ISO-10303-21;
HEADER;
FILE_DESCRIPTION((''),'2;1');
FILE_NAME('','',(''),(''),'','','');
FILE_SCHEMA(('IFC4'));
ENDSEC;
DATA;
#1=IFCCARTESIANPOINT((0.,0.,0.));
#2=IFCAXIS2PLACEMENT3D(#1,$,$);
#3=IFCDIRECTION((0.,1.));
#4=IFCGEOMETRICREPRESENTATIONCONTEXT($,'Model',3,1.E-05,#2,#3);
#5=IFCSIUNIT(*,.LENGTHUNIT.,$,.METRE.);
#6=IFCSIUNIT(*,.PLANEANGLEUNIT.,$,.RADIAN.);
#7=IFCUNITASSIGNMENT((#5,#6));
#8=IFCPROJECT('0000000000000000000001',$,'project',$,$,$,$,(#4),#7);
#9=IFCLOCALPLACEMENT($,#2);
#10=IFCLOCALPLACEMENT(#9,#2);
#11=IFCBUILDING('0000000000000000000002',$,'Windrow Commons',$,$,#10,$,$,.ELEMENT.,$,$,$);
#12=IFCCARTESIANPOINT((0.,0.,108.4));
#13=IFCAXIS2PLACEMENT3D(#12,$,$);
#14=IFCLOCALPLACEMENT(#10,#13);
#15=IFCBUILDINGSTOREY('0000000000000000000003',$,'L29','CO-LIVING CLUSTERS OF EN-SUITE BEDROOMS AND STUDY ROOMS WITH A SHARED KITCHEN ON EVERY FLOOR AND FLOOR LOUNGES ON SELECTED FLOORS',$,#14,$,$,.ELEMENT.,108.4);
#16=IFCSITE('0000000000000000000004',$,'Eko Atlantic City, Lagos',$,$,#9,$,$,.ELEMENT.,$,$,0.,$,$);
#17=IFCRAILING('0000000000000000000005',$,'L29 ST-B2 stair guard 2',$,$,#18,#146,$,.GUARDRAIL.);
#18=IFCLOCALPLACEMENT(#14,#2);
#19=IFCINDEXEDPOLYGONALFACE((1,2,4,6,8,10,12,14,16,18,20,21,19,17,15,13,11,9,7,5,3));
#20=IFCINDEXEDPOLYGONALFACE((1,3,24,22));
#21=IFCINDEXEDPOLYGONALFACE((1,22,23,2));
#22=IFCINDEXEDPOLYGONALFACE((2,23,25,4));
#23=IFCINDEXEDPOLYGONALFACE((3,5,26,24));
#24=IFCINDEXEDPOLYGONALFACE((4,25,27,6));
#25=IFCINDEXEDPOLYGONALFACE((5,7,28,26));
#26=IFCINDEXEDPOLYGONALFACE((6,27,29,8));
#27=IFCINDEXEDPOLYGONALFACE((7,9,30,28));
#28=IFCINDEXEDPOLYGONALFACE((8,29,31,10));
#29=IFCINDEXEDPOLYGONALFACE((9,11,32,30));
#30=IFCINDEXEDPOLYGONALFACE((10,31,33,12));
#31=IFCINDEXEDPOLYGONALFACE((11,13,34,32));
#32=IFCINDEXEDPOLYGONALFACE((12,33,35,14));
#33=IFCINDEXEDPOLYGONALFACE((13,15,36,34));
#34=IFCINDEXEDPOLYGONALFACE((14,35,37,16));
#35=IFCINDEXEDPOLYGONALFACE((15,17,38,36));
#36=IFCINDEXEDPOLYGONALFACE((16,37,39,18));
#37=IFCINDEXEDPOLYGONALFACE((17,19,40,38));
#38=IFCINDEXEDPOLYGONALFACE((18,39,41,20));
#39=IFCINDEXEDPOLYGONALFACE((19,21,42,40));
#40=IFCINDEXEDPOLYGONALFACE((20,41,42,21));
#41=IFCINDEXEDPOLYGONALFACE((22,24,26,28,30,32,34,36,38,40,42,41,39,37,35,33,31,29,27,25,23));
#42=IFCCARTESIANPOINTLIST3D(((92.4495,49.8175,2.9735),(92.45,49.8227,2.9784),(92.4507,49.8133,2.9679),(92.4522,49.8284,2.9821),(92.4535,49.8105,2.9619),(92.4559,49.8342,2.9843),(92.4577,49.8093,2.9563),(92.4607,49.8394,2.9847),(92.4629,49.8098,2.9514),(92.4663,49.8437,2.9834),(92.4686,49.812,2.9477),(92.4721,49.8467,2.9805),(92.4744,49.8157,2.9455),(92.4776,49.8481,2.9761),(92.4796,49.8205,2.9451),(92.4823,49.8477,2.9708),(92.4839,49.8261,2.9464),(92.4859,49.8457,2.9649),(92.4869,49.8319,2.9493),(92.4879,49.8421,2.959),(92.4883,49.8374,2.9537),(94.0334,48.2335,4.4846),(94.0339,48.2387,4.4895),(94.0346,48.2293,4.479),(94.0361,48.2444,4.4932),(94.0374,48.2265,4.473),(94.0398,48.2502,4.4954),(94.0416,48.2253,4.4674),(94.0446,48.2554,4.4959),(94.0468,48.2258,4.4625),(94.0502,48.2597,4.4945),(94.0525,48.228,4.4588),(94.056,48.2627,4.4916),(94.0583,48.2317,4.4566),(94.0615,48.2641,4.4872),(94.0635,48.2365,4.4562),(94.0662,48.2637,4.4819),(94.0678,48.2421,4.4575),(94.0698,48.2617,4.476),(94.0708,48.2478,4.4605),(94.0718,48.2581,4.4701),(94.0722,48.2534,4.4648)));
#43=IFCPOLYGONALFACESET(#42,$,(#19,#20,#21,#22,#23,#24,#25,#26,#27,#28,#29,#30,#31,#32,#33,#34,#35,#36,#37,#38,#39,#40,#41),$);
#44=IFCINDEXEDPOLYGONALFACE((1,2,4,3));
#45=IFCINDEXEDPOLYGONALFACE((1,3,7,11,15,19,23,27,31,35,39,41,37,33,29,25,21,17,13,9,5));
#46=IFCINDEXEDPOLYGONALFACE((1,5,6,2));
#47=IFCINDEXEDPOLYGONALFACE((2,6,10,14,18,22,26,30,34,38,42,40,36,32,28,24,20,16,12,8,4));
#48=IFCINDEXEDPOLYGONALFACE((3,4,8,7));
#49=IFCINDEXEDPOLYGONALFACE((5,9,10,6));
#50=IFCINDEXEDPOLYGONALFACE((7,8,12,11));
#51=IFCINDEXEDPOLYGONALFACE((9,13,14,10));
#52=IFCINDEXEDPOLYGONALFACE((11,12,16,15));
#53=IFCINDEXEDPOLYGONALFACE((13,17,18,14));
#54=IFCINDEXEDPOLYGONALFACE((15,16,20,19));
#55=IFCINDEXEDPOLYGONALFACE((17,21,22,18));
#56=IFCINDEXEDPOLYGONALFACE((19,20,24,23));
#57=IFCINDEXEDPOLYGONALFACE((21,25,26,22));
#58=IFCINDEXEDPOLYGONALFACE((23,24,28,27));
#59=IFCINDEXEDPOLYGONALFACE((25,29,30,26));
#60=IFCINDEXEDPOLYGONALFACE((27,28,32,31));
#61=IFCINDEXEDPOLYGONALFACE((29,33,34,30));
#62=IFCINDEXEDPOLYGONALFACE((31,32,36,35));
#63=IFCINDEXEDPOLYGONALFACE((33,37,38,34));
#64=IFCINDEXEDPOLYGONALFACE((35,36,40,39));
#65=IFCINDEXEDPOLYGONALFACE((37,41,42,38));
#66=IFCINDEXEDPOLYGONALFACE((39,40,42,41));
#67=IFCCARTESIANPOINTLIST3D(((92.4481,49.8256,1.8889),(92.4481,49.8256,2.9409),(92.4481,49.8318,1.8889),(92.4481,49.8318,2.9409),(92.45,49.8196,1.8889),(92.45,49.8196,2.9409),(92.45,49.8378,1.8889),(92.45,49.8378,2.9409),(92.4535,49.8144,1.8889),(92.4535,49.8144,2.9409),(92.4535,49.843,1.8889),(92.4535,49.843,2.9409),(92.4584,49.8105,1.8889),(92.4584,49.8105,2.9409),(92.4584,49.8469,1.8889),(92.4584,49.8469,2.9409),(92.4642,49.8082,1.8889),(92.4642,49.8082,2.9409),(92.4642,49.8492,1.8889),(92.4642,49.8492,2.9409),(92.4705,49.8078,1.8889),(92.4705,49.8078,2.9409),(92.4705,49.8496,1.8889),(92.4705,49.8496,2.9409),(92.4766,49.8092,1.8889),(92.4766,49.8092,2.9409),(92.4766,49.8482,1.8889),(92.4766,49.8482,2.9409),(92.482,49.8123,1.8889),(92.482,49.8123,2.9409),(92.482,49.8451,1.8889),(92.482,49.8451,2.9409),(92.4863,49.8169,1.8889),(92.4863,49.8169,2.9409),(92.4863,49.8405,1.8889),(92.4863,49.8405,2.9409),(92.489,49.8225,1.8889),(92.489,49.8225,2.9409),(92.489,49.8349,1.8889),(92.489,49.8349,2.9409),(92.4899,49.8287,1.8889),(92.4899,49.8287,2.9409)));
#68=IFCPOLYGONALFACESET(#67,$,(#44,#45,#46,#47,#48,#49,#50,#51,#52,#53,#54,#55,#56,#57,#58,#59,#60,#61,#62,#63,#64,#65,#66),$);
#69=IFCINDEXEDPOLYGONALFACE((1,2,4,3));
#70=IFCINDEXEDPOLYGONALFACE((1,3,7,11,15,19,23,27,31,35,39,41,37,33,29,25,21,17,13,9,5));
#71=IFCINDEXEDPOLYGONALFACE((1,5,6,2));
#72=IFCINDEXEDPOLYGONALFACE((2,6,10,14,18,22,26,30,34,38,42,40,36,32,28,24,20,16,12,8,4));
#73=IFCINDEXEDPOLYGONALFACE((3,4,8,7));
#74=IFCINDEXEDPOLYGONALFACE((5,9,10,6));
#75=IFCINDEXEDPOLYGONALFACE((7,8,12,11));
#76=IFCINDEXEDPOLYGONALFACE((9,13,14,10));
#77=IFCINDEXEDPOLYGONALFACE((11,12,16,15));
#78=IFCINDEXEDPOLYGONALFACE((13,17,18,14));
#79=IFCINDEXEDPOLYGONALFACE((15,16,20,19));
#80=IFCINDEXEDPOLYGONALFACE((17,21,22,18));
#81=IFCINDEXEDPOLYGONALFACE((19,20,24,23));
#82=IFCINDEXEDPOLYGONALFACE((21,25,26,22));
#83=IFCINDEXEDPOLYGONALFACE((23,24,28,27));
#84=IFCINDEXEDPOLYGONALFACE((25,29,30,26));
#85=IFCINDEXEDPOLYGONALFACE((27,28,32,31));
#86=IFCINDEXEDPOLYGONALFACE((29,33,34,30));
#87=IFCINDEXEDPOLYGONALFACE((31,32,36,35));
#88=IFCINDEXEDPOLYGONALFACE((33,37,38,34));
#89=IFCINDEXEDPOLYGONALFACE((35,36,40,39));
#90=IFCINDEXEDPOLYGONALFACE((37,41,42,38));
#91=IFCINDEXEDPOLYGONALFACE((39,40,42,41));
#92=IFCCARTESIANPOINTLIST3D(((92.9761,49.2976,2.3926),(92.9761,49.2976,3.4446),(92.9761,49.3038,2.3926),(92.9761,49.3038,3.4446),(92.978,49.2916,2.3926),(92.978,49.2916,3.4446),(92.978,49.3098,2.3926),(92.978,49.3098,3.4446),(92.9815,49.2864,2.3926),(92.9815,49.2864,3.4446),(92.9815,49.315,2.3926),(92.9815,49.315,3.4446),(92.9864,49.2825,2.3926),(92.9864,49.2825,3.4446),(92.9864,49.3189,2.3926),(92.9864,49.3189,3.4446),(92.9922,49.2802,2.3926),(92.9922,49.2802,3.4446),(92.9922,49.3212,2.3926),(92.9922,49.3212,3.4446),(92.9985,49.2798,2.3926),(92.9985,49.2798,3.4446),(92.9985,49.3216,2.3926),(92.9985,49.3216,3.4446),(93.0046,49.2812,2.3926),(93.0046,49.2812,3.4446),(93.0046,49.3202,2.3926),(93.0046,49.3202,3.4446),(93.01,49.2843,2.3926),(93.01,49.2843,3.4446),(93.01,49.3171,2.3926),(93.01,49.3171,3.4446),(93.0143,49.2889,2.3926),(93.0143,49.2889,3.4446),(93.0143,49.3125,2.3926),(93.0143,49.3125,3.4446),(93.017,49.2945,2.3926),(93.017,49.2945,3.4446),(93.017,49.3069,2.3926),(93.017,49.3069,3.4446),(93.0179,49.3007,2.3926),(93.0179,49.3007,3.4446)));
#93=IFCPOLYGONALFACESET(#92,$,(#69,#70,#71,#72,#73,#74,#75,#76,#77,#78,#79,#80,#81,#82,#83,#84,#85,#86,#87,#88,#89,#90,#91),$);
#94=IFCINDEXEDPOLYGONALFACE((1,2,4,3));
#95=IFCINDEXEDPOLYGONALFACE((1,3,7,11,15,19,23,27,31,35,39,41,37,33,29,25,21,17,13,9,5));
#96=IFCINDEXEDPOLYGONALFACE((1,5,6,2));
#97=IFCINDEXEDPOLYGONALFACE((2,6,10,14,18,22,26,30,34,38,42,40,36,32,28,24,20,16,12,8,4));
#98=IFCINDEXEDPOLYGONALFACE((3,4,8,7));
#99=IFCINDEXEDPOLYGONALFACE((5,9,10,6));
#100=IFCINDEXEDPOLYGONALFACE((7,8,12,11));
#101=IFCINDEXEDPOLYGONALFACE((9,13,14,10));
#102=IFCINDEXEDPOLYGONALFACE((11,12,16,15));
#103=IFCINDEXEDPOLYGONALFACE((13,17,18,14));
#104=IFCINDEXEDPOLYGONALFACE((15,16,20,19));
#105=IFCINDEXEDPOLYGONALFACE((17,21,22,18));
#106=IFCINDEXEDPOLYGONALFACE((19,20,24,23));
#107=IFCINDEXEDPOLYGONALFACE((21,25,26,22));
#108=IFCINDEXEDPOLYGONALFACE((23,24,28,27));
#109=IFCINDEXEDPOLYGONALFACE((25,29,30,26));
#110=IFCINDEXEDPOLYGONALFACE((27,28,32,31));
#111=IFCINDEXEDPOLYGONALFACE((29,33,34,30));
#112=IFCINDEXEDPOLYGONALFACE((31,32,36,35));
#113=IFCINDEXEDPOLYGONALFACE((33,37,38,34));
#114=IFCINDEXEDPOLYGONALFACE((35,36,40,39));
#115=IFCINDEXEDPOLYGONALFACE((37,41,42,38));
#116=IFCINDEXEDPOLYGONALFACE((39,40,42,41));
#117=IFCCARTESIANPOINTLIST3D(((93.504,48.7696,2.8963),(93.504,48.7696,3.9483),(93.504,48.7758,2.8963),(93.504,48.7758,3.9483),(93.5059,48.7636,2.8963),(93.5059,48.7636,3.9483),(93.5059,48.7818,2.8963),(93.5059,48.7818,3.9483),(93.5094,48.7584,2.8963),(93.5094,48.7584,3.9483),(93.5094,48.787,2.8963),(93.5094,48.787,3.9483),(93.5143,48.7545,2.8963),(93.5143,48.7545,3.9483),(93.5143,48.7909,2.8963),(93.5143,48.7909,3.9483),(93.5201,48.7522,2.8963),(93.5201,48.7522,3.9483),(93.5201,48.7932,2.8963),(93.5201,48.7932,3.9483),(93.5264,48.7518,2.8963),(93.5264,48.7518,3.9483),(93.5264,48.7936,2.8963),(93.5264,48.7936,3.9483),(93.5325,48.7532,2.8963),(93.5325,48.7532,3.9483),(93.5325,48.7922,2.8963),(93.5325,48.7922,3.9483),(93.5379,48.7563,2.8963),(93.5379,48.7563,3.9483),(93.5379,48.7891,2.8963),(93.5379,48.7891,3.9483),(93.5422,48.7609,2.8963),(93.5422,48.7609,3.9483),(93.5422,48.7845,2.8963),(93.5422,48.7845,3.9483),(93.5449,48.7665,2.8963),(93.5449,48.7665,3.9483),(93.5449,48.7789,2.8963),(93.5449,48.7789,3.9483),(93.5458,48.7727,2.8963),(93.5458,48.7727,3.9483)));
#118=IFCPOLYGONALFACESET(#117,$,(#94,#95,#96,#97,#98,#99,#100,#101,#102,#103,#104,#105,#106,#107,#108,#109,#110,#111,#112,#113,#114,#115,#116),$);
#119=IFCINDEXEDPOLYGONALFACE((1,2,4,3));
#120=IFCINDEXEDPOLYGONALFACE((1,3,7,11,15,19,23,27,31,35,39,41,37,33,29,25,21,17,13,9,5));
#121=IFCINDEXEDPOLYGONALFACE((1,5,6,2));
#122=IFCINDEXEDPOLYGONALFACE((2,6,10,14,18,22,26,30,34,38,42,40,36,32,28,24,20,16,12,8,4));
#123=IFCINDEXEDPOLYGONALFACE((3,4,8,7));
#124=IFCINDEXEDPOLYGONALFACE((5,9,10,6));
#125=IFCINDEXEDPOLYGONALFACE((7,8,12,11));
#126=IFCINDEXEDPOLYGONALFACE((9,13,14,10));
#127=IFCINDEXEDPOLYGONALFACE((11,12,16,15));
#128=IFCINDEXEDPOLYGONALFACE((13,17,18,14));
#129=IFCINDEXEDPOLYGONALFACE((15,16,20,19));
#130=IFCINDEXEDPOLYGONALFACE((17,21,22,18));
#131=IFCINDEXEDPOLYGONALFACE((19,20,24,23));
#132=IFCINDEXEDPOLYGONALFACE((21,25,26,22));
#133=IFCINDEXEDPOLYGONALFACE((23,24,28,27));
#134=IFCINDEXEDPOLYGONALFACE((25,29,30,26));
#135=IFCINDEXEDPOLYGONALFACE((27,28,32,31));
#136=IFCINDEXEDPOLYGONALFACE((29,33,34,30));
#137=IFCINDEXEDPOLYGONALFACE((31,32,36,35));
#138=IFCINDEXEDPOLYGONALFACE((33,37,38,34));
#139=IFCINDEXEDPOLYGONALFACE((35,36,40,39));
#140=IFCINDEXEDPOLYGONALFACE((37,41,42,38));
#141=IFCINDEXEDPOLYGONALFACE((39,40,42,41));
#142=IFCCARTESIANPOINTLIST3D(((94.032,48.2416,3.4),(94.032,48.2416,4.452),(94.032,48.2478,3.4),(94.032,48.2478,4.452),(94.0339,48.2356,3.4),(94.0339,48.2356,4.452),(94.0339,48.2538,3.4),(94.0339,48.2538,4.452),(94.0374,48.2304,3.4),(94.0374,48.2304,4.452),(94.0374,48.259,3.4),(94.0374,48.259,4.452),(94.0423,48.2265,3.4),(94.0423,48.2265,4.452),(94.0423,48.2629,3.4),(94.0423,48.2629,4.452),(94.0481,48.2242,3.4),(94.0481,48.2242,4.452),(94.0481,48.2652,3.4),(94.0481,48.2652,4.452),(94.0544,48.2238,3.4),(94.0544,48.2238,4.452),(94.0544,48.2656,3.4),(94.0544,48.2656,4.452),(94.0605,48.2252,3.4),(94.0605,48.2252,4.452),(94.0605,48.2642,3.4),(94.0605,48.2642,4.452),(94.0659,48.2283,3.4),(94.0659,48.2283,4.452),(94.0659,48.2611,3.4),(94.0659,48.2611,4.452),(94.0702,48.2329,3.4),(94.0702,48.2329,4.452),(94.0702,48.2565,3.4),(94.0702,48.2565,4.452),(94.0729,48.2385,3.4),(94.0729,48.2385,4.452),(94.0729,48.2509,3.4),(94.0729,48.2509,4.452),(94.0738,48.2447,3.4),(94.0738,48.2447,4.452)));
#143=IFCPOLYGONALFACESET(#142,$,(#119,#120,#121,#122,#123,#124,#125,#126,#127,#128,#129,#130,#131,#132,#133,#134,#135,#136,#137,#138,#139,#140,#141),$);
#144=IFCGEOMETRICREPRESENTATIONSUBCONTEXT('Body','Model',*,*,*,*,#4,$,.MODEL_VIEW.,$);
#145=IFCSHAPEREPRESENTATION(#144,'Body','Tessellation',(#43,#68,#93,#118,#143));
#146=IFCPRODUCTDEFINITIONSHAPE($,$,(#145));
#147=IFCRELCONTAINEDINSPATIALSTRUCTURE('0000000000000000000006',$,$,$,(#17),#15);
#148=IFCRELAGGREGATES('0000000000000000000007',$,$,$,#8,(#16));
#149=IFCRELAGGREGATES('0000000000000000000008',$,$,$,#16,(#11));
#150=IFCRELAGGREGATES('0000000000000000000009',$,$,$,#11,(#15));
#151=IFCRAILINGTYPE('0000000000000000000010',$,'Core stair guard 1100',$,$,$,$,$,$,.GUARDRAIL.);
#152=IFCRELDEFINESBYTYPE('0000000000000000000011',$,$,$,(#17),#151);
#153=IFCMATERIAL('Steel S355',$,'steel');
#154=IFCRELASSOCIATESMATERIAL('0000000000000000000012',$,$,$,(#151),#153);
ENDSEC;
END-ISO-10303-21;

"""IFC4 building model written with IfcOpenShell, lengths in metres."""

from ifc_helpers import new_model, si_unit, direction, frame, origin, origin_2d, place, context, subcontext, project, spatial, circle, extrude, material, type_object, element, save


model = new_model("IFC4")

# Units and contexts
model_context = context("Model", 3, precision=1e-05, world=origin(), true_north=direction((0.0, 1.0)))
body_context = subcontext(model_context, "Body", "Model", "MODEL_VIEW")
ifc_project = project(units=[si_unit("LENGTHUNIT", "METRE"), si_unit("PLANEANGLEUNIT", "RADIAN")], contexts=[model_context])

# Site, building, storey
site_placement = place(None, origin())
site = spatial("IfcSite", under=ifc_project, at=site_placement, Name="Eko Atlantic City, Lagos", CompositionType="ELEMENT", RefElevation=0.0)
building_placement = place(site_placement, origin())
building = spatial("IfcBuilding", under=site, at=building_placement, Name="Windrow Commons", CompositionType="ELEMENT")
storey_placement = place(building_placement, frame((0.0, 0.0, 108.4)))
storey = spatial("IfcBuildingStorey", under=building, at=storey_placement, Name="L29", Description="CO-LIVING CLUSTERS OF EN-SUITE BEDROOMS AND STUDY ROOMS WITH A SHARED KITCHEN ON EVERY FLOOR AND FLOOR LOUNGES ON SELECTED FLOORS", CompositionType="ELEMENT", Elevation=108.4)

# Railing
ifc_material_1 = material(Name="Steel S355", Category="steel")
railing_type_1 = type_object("IfcRailingType", Name="Core stair guard 1100", PredefinedType="GUARDRAIL", material=ifc_material_1)
railing_1_placement = place(storey_placement, frame((92.4689, 49.8287, 1.8889)))
element("IfcRailing", 1, at=railing_1_placement, inside=storey, type_object=railing_type_1, Name="L29 ST-B2 stair guard 2", PredefinedType="GUARDRAIL", context=body_context, shape_type="SweptSolid", body=[
    extrude(circle(Radius=0.024, at=origin_2d()), frame((0.0, 0.0, 1.076), z_axis=(0.586179, -0.586216, 0.559237), x_axis=(0.707129, 0.707084, 0.0)), (0.0, 0.0, 1.0), 2.7021),
    extrude(circle(Radius=0.021, at=origin_2d()), origin(), (0.0, 0.0, 1.0), 1.052),
    extrude(circle(Radius=0.021, at=origin_2d()), frame((0.528, -0.528, 0.5037)), (0.0, 0.0, 1.0), 1.052),
    extrude(circle(Radius=0.021, at=origin_2d()), frame((1.0559, -1.056, 1.0074)), (0.0, 0.0, 1.0), 1.052),
    extrude(circle(Radius=0.021, at=origin_2d()), frame((1.5839, -1.584, 1.5111)), (0.0, 0.0, 1.0), 1.052),
])

save(model, "model.ifc")
